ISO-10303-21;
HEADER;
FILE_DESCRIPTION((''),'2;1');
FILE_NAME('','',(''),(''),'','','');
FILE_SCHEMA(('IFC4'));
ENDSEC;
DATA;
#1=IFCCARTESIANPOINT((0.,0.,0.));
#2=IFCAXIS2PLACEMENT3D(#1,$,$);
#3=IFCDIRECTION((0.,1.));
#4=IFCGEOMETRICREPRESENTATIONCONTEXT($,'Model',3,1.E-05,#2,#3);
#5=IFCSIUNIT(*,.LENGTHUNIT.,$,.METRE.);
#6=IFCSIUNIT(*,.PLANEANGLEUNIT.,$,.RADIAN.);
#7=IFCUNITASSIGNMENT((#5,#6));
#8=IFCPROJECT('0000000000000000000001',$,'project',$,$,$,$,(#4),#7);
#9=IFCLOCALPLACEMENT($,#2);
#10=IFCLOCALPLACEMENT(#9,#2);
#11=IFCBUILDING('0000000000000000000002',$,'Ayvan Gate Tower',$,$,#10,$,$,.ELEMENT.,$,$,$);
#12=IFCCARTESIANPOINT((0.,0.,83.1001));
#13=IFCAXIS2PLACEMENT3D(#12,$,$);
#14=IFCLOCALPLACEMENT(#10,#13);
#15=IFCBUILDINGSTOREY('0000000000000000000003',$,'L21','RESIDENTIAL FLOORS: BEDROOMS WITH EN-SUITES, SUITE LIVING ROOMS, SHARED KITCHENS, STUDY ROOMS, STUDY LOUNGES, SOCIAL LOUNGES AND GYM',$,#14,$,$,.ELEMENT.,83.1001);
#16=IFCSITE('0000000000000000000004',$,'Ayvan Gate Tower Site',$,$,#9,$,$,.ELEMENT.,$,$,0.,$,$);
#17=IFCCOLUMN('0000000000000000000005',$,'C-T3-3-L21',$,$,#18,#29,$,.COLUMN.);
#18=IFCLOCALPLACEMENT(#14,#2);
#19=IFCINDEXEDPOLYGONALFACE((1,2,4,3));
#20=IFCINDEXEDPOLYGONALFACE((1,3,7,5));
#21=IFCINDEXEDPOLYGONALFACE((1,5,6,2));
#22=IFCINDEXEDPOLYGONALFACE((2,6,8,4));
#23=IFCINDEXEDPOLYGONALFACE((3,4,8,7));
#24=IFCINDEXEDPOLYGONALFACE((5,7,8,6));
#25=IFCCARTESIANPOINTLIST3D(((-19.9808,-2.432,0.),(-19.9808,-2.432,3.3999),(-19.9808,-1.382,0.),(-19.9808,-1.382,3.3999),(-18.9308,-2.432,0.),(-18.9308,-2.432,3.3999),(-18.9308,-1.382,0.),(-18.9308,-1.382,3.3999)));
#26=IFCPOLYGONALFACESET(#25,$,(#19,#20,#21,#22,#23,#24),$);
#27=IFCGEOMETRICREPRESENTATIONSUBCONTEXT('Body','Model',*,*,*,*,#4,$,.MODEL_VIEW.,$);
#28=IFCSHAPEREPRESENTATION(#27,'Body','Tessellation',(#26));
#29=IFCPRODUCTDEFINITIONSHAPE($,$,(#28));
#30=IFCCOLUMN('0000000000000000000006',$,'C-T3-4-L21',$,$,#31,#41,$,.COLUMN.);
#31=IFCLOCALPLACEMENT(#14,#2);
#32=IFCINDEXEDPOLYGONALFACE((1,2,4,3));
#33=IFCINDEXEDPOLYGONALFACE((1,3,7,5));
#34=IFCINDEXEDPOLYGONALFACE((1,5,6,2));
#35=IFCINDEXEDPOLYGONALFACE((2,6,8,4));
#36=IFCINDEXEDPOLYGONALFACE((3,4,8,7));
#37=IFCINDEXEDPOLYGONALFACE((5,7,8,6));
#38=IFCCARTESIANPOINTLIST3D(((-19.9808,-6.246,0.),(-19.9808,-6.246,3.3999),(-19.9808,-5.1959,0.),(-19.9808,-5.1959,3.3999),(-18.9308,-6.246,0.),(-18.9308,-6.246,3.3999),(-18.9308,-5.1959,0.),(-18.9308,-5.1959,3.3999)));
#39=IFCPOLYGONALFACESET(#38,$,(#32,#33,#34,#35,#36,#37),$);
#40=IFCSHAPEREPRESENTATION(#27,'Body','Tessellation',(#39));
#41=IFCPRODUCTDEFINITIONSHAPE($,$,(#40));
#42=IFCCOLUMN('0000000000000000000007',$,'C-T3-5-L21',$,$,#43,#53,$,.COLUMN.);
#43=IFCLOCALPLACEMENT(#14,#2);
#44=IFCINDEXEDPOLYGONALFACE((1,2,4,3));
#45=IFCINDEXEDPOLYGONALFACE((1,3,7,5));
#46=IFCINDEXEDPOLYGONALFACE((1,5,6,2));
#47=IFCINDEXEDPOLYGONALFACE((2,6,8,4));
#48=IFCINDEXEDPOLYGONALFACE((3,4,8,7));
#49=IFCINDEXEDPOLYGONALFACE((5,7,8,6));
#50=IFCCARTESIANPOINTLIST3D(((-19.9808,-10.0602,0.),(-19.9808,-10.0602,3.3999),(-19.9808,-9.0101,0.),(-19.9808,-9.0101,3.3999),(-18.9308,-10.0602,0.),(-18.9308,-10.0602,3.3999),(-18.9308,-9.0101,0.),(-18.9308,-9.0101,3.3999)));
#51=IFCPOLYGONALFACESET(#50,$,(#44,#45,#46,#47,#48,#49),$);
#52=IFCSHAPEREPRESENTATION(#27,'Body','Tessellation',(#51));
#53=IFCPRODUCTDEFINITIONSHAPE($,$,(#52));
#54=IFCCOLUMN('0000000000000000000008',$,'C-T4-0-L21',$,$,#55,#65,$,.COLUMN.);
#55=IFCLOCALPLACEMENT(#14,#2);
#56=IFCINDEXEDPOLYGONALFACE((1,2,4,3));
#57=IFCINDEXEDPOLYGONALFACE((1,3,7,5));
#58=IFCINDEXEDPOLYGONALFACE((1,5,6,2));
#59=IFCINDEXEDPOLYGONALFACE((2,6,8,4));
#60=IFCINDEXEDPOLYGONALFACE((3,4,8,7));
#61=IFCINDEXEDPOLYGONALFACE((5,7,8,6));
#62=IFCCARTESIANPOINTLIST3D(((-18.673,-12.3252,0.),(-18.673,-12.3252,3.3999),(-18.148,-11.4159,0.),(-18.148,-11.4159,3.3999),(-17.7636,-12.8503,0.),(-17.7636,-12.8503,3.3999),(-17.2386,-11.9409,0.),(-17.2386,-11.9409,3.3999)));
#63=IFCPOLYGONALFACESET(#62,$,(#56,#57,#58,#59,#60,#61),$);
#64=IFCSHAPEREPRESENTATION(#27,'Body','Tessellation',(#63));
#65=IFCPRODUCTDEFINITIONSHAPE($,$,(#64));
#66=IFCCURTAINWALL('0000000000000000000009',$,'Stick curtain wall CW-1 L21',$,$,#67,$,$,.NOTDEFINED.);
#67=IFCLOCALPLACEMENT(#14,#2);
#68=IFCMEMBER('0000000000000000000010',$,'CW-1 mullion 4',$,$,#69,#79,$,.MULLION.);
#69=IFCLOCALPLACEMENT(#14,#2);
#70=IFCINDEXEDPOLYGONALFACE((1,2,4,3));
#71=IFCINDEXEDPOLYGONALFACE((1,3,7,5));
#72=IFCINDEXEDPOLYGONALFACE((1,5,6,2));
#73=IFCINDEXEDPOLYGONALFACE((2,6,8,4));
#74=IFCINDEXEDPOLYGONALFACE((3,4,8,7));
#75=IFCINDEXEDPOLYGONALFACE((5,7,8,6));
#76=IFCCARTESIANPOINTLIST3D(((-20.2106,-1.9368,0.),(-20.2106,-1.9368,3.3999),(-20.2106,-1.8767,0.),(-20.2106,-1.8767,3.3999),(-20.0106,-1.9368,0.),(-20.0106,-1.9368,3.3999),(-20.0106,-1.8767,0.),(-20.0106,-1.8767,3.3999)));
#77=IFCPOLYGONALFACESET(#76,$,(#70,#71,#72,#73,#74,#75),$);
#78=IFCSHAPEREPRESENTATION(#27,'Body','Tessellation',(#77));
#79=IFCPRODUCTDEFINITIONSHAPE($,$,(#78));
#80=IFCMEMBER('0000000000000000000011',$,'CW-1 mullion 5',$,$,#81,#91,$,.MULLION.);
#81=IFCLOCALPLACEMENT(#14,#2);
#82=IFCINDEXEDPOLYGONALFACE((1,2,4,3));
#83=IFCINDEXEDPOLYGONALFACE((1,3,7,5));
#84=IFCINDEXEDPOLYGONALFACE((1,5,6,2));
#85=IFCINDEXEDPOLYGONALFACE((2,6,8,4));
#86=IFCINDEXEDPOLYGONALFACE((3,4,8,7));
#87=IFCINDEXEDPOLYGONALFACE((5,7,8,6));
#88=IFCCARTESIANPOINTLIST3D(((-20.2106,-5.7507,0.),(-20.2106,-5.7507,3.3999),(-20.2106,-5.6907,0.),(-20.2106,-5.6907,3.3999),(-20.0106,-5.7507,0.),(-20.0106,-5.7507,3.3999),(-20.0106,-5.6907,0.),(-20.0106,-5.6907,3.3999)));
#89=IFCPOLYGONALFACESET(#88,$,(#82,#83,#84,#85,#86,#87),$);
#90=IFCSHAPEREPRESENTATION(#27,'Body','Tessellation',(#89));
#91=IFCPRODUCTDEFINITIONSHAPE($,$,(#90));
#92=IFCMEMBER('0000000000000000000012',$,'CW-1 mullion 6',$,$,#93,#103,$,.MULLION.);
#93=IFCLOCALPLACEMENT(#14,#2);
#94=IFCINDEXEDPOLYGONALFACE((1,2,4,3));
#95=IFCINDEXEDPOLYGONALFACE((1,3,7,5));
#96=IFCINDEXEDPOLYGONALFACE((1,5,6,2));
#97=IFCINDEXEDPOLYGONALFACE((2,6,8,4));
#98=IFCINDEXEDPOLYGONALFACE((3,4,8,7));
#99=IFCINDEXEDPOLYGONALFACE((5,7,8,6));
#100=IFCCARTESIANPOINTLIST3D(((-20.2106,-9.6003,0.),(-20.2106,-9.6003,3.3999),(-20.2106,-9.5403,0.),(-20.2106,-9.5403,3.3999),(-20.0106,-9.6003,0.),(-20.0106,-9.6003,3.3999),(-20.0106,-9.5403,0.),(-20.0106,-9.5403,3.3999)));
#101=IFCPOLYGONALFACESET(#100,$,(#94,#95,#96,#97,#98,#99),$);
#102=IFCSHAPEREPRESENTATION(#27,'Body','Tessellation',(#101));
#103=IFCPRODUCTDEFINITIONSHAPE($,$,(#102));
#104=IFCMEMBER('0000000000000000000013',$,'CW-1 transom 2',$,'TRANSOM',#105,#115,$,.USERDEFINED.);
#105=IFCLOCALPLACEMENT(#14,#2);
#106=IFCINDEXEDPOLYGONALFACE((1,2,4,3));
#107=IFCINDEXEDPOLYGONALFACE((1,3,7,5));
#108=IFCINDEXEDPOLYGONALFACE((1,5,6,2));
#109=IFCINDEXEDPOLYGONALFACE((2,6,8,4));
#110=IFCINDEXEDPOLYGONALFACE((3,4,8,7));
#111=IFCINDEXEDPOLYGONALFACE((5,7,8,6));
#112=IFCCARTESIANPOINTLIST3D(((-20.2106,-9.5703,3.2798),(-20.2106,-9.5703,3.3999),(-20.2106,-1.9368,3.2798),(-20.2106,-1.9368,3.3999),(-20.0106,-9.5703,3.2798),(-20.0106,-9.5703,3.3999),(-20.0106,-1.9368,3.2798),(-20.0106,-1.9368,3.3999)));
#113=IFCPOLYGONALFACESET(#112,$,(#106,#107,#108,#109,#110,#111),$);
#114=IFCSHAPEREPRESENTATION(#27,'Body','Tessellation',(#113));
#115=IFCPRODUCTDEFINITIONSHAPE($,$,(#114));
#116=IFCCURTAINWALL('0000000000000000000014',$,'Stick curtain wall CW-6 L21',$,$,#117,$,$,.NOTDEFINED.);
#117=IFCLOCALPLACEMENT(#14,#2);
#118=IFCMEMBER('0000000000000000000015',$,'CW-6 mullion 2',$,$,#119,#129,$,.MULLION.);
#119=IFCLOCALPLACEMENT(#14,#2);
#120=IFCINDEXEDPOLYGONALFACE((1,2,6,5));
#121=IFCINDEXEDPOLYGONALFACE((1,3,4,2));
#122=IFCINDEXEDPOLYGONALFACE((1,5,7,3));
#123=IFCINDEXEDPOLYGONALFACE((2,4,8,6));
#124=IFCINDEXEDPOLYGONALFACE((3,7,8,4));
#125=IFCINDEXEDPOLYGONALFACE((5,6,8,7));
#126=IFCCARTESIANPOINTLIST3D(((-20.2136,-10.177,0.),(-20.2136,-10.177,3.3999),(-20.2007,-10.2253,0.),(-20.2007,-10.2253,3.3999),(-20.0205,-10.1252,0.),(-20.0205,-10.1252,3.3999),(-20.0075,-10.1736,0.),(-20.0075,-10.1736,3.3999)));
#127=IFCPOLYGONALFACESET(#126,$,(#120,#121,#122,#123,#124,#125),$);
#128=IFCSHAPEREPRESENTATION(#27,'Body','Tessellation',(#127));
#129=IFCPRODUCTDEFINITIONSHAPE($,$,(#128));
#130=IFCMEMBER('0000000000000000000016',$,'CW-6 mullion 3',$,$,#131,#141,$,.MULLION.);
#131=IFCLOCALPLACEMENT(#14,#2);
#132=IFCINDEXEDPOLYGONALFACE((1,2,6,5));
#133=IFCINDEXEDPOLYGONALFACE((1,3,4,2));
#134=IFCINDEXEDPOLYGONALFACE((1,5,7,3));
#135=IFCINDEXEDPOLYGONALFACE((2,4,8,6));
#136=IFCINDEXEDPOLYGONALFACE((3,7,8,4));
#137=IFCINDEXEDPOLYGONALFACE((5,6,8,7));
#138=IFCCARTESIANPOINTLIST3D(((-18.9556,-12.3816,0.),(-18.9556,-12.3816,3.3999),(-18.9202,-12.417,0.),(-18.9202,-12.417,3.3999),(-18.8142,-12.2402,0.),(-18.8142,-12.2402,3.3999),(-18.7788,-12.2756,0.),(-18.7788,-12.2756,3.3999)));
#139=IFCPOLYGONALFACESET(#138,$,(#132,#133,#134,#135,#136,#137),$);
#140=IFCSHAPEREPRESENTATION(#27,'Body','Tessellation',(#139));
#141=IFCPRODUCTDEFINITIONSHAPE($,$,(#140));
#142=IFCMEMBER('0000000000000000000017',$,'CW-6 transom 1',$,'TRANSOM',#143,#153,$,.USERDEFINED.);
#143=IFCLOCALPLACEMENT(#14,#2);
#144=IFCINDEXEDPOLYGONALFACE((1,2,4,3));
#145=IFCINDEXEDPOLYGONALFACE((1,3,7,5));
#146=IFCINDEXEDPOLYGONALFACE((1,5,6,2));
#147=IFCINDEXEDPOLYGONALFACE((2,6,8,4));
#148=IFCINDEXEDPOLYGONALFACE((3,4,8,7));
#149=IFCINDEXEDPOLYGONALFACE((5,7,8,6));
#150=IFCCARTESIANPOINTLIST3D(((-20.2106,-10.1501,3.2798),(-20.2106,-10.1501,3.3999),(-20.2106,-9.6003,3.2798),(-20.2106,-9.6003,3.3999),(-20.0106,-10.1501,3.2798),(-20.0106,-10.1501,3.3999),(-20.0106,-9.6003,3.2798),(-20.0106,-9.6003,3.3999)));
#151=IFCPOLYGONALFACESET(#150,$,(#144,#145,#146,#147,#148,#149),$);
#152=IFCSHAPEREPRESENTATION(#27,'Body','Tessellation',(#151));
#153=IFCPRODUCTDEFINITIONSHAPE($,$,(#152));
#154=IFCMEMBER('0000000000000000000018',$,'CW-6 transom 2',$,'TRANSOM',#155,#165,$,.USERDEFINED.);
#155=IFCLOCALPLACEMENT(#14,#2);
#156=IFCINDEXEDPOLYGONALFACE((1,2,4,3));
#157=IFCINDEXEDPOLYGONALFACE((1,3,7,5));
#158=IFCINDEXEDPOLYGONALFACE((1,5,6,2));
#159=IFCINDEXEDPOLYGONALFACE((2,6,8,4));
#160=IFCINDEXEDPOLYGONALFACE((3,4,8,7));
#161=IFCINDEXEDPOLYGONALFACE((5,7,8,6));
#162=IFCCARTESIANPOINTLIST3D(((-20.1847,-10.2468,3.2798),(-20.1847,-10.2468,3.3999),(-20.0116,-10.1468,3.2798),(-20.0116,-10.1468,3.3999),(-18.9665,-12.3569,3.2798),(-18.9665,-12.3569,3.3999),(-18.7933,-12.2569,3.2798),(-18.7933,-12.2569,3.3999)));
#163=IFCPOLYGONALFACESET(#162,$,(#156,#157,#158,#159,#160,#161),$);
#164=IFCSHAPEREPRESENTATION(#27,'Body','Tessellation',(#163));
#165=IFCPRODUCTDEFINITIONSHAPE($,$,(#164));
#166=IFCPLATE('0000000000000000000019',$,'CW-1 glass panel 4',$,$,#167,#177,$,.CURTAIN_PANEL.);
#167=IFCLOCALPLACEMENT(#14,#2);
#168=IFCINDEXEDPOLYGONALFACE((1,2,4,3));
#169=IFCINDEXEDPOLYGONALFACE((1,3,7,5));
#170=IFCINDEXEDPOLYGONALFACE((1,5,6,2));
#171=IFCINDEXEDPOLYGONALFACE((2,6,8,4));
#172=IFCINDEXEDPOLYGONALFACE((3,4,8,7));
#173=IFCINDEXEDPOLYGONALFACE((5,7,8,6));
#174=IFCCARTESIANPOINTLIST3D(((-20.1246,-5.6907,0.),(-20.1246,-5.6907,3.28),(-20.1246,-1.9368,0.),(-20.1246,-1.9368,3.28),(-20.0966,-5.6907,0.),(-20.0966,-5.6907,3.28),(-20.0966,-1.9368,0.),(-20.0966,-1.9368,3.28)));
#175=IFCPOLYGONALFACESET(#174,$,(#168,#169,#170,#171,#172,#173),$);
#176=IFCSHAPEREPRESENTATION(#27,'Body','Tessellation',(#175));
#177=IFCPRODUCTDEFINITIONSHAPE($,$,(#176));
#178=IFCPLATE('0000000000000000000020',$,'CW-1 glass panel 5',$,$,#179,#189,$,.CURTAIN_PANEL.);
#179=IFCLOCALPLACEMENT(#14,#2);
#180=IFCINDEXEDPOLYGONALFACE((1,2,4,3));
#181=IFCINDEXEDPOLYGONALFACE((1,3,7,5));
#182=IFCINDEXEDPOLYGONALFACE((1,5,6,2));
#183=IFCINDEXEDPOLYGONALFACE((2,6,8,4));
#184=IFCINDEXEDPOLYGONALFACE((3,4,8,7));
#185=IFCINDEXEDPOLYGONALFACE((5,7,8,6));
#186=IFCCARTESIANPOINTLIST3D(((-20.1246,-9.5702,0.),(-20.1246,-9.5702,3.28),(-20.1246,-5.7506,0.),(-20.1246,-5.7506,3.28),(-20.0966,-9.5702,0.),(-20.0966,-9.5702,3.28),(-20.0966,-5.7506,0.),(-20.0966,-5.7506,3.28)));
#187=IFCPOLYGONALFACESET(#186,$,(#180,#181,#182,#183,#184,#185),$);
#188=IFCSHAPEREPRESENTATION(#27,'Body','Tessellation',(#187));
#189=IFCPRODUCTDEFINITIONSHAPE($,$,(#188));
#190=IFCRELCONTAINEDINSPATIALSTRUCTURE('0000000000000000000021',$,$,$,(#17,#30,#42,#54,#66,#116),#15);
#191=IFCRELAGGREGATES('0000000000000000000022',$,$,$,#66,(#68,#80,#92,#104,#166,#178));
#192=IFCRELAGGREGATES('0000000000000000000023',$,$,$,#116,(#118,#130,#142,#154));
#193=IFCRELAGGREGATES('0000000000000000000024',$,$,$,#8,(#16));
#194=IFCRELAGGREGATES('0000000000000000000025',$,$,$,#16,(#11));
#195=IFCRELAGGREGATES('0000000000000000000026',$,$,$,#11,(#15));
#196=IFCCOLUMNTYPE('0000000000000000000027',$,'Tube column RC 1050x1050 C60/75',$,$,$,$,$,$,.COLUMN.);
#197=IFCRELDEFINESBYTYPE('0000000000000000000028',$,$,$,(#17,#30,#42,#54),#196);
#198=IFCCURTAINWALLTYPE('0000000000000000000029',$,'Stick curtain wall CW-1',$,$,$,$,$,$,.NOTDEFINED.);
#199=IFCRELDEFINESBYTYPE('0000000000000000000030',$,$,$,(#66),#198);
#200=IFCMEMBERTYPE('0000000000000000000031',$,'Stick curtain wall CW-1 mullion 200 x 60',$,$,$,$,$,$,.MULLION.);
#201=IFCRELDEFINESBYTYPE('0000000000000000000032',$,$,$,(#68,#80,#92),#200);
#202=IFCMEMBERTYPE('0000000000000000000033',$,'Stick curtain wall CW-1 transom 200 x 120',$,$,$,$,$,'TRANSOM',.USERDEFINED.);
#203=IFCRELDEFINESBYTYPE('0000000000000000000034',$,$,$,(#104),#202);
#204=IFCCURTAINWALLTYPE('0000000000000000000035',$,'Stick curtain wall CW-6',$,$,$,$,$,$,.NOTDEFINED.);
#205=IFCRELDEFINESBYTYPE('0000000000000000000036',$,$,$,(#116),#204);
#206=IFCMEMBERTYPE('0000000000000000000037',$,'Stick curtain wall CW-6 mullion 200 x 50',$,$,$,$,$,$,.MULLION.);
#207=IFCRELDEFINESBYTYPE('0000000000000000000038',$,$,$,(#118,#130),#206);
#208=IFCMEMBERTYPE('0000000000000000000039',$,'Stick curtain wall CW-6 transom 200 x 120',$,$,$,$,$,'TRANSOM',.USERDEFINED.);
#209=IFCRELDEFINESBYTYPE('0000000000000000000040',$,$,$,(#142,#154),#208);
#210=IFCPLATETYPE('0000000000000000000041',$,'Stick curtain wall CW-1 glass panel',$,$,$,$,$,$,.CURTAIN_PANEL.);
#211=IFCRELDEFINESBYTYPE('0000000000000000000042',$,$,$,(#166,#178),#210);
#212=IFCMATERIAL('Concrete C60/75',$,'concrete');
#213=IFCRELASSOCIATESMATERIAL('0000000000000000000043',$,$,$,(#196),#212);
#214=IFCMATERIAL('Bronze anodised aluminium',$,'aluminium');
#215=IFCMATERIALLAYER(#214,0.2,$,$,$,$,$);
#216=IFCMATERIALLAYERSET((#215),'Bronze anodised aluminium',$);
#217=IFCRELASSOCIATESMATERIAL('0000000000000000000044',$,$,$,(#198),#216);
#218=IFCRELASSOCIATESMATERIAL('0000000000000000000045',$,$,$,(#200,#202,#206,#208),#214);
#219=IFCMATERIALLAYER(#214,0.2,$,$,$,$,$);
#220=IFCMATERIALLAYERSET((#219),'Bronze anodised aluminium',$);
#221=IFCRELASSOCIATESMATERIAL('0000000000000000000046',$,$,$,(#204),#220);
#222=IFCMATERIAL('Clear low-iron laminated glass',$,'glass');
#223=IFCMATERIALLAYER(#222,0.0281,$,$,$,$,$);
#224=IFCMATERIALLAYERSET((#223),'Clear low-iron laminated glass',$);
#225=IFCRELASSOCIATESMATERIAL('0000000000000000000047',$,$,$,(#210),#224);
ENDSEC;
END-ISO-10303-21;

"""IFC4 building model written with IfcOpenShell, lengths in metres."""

from ifc_helpers import new_model, si_unit, direction, frame, origin, origin_2d, place, context, subcontext, project, spatial, rectangle, extrude, material, layer, layer_set, material_profile, profile_set, type_object, element, aggregate, save


model = new_model("IFC4")

# Units and contexts
model_context = context("Model", 3, precision=1e-05, world=origin(), true_north=direction((0.0, 1.0)))
body_context = subcontext(model_context, "Body", "Model", "MODEL_VIEW")
ifc_project = project(units=[si_unit("LENGTHUNIT", "METRE"), si_unit("PLANEANGLEUNIT", "RADIAN")], contexts=[model_context])

# Site, building, storey
site_placement = place(None, origin())
site = spatial("IfcSite", under=ifc_project, at=site_placement, Name="Ayvan Gate Tower Site", CompositionType="ELEMENT", RefElevation=0.0)
building_placement = place(site_placement, origin())
building = spatial("IfcBuilding", under=site, at=building_placement, Name="Ayvan Gate Tower", CompositionType="ELEMENT")
storey_placement = place(building_placement, frame((0.0, 0.0, 83.1001)))
storey = spatial("IfcBuildingStorey", under=building, at=storey_placement, Name="L21", Description="RESIDENTIAL FLOORS: BEDROOMS WITH EN-SUITES, SUITE LIVING ROOMS, SHARED KITCHENS, STUDY ROOMS, STUDY LOUNGES, SOCIAL LOUNGES AND GYM", CompositionType="ELEMENT", Elevation=83.1001)

# Columns
ifc_material_1 = material(Name="Concrete C60/75", Category="concrete")
ifc_material_profile_1 = material_profile(ifc_material_1, rectangle(XDim=1.05, YDim=1.05, at=origin_2d()), Name="RC 1050x1050")
ifc_profile_set_1 = profile_set([ifc_material_profile_1], Name="Concrete C60/75")
column_type = type_object("IfcColumnType", Name="Tube column RC 1050x1050 C60/75", PredefinedType="COLUMN", material=ifc_profile_set_1)
for number, where, z_axis, x_axis, name in (
    (1, (-19.4558, -1.907, 0.0), (0.0, 0.0, 1.0), (-1.0, 0.0, 0.0), "C-T3-3-L21"),
    (2, (-19.4558, -5.7209, 0.0), (0.0, 0.0, 1.0), (-1.0, 0.0, 0.0), "C-T3-4-L21"),
    (3, (-19.4558, -9.5352, 0.0), (0.0, 0.0, 1.0), (-1.0, 0.0, 0.0), "C-T3-5-L21"),
    (4, (-17.9558, -12.1331, 0.0), (0.0, 0.0, 1.0), (-0.5, -0.866025, 0.0), "C-T4-0-L21"),
):
    element("IfcColumn", number, at=place(storey_placement, frame(where, z_axis=z_axis, x_axis=x_axis)), inside=storey, type_object=column_type, Name=name, PredefinedType="COLUMN", context=body_context, shape_type="SweptSolid", body=[
        extrude(rectangle(XDim=1.05, YDim=1.05, at=origin_2d()), origin(), (0.0, 0.0, 1.0), 3.3999),
    ])

# Curtain walls, members
ifc_material_2 = material(Name="Bronze anodised aluminium", Category="aluminium")
ifc_layer_1 = layer(ifc_material_2, 0.2)
ifc_layer_set_1 = layer_set([ifc_layer_1], Name="Bronze anodised aluminium")
curtain_wall_type_1 = type_object("IfcCurtainWallType", Name="Stick curtain wall CW-1", PredefinedType="NOTDEFINED", material=ifc_layer_set_1)
curtain_wall_1_placement = place(storey_placement, origin())
curtain_wall_1 = element("IfcCurtainWall", 5, at=curtain_wall_1_placement, inside=storey, type_object=curtain_wall_type_1, Name="Stick curtain wall CW-1 L21", PredefinedType="NOTDEFINED")
ifc_material_profile_2 = material_profile(ifc_material_2, rectangle(XDim=0.2, YDim=0.0601, at=origin_2d()), Name="Stick curtain wall CW-1 mullion 200 x 60")
ifc_profile_set_2 = profile_set([ifc_material_profile_2], Name="Bronze anodised aluminium")
member_type_1 = type_object("IfcMemberType", Name="Stick curtain wall CW-1 mullion 200 x 60", PredefinedType="MULLION", material=ifc_profile_set_2)
member_1_placement = place(storey_placement, frame((-20.1106, -1.9067, 0.0), z_axis=(0.0, 0.0, 1.0), x_axis=(-1.0, 0.0, 0.0)))
member_1 = element("IfcMember", 6, at=member_1_placement, type_object=member_type_1, Name="CW-1 mullion 4", PredefinedType="MULLION", context=body_context, shape_type="SweptSolid", body=[
    extrude(rectangle(XDim=0.2, YDim=0.0601, at=origin_2d()), origin(), (0.0, 0.0, 1.0), 3.3999),
])
member_2_placement = place(storey_placement, frame((-20.1106, -5.7207, 0.0), z_axis=(0.0, 0.0, 1.0), x_axis=(-1.0, 0.0, 0.0)))
member_2 = element("IfcMember", 7, at=member_2_placement, type_object=member_type_1, Name="CW-1 mullion 5", PredefinedType="MULLION", context=body_context, shape_type="SweptSolid", body=[
    extrude(rectangle(XDim=0.2, YDim=0.0601, at=origin_2d()), origin(), (0.0, 0.0, 1.0), 3.3999),
])
member_3_placement = place(storey_placement, frame((-20.1106, -9.5703, 0.0), z_axis=(0.0, 0.0, 1.0), x_axis=(-1.0, 0.0, 0.0)))
member_3 = element("IfcMember", 8, at=member_3_placement, type_object=member_type_1, Name="CW-1 mullion 6", PredefinedType="MULLION", context=body_context, shape_type="SweptSolid", body=[
    extrude(rectangle(XDim=0.2, YDim=0.0601, at=origin_2d()), origin(), (0.0, 0.0, 1.0), 3.3999),
])
ifc_material_profile_3 = material_profile(ifc_material_2, rectangle(XDim=0.2, YDim=0.1201, at=origin_2d()), Name="Stick curtain wall CW-1 transom 200 x 120")
ifc_profile_set_3 = profile_set([ifc_material_profile_3], Name="Bronze anodised aluminium")
member_type_2 = type_object("IfcMemberType", Name="Stick curtain wall CW-1 transom 200 x 120", ElementType="TRANSOM", PredefinedType="USERDEFINED", material=ifc_profile_set_3)
member_4_placement = place(storey_placement, frame((-20.1106, -1.9368, 3.3398), z_axis=(0.0, -1.0, 0.0), x_axis=(1.0, 0.0, 0.0)))
member_4 = element("IfcMember", 9, at=member_4_placement, type_object=member_type_2, Name="CW-1 transom 2", ObjectType="TRANSOM", PredefinedType="USERDEFINED", context=body_context, shape_type="SweptSolid", body=[
    extrude(rectangle(XDim=0.2, YDim=0.1201, at=origin_2d()), origin(), (0.0, 0.0, 1.0), 7.6335),
])
ifc_layer_2 = layer(ifc_material_2, 0.2)
ifc_layer_set_2 = layer_set([ifc_layer_2], Name="Bronze anodised aluminium")
curtain_wall_type_2 = type_object("IfcCurtainWallType", Name="Stick curtain wall CW-6", PredefinedType="NOTDEFINED", material=ifc_layer_set_2)
curtain_wall_2_placement = place(storey_placement, origin())
curtain_wall_2 = element("IfcCurtainWall", 10, at=curtain_wall_2_placement, inside=storey, type_object=curtain_wall_type_2, Name="Stick curtain wall CW-6 L21", PredefinedType="NOTDEFINED")
ifc_material_profile_4 = material_profile(ifc_material_2, rectangle(XDim=0.2, YDim=0.05, at=origin_2d()), Name="Stick curtain wall CW-6 mullion 200 x 50")
ifc_profile_set_4 = profile_set([ifc_material_profile_4], Name="Bronze anodised aluminium")
member_type_3 = type_object("IfcMemberType", Name="Stick curtain wall CW-6 mullion 200 x 50", PredefinedType="MULLION", material=ifc_profile_set_4)
member_5_placement = place(storey_placement, frame((-20.1106, -10.1753, 0.0), z_axis=(0.0, 0.0, 1.0), x_axis=(-0.965926, -0.258819, 0.0)))
member_5 = element("IfcMember", 11, at=member_5_placement, type_object=member_type_3, Name="CW-6 mullion 2", PredefinedType="MULLION", context=body_context, shape_type="SweptSolid", body=[
    extrude(rectangle(XDim=0.2, YDim=0.05, at=origin_2d()), origin(), (0.0, 0.0, 1.0), 3.3999),
])
member_6_placement = place(storey_placement, frame((-18.8672, -12.3286, 0.0), z_axis=(0.0, 0.0, 1.0), x_axis=(-0.707107, -0.707107, 0.0)))
member_6 = element("IfcMember", 12, at=member_6_placement, type_object=member_type_3, Name="CW-6 mullion 3", PredefinedType="MULLION", context=body_context, shape_type="SweptSolid", body=[
    extrude(rectangle(XDim=0.2, YDim=0.05, at=origin_2d()), origin(), (0.0, 0.0, 1.0), 3.3999),
])
ifc_material_profile_5 = material_profile(ifc_material_2, rectangle(XDim=0.2, YDim=0.1201, at=origin_2d()), Name="Stick curtain wall CW-6 transom 200 x 120")
ifc_profile_set_5 = profile_set([ifc_material_profile_5], Name="Bronze anodised aluminium")
member_type_4 = type_object("IfcMemberType", Name="Stick curtain wall CW-6 transom 200 x 120", ElementType="TRANSOM", PredefinedType="USERDEFINED", material=ifc_profile_set_5)
member_7_placement = place(storey_placement, frame((-20.1106, -9.6003, 3.3398), z_axis=(0.0, -1.0, 0.0), x_axis=(1.0, 0.0, 0.0)))
member_7 = element("IfcMember", 13, at=member_7_placement, type_object=member_type_4, Name="CW-6 transom 1", ObjectType="TRANSOM", PredefinedType="USERDEFINED", context=body_context, shape_type="SweptSolid", body=[
    extrude(rectangle(XDim=0.2, YDim=0.1201, at=origin_2d()), origin(), (0.0, 0.0, 1.0), 0.5498),
])
member_8_placement = place(storey_placement, frame((-20.0981, -10.1968, 3.3398), z_axis=(0.499997, -0.866027, 0.0), x_axis=(0.866027, 0.499997, 0.0)))
member_8 = element("IfcMember", 14, at=member_8_placement, type_object=member_type_4, Name="CW-6 transom 2", ObjectType="TRANSOM", PredefinedType="USERDEFINED", context=body_context, shape_type="SweptSolid", body=[
    extrude(rectangle(XDim=0.2, YDim=0.1201, at=origin_2d()), origin(), (0.0, 0.0, 1.0), 2.4365),
])

# Plates
ifc_material_3 = material(Name="Clear low-iron laminated glass", Category="glass")
ifc_layer_3 = layer(ifc_material_3, 0.0281)
ifc_layer_set_3 = layer_set([ifc_layer_3], Name="Clear low-iron laminated glass")
plate_type_1 = type_object("IfcPlateType", Name="Stick curtain wall CW-1 glass panel", PredefinedType="CURTAIN_PANEL", material=ifc_layer_set_3)
plate_1_placement = place(storey_placement, frame((-20.1106, -3.8137, 0.0), z_axis=(0.0, 0.0, 1.0), x_axis=(0.0, -1.0, 0.0)))
plate_1 = element("IfcPlate", 15, at=plate_1_placement, type_object=plate_type_1, Name="CW-1 glass panel 4", PredefinedType="CURTAIN_PANEL", context=body_context, shape_type="SweptSolid", body=[
    extrude(rectangle(XDim=3.7539, YDim=0.0281, at=origin_2d()), origin(), (0.0, 0.0, 1.0), 3.28),
])
plate_2_placement = place(storey_placement, frame((-20.1106, -7.6604, 0.0), z_axis=(0.0, 0.0, 1.0), x_axis=(0.0, -1.0, 0.0)))
plate_2 = element("IfcPlate", 16, at=plate_2_placement, type_object=plate_type_1, Name="CW-1 glass panel 5", PredefinedType="CURTAIN_PANEL", context=body_context, shape_type="SweptSolid", body=[
    extrude(rectangle(XDim=3.8196, YDim=0.0281, at=origin_2d()), origin(), (0.0, 0.0, 1.0), 3.28),
])
aggregate(curtain_wall_1, [member_1, member_2, member_3, member_4, plate_1, plate_2])
aggregate(curtain_wall_2, [member_5, member_6, member_7, member_8])

save(model, "model.ifc")
